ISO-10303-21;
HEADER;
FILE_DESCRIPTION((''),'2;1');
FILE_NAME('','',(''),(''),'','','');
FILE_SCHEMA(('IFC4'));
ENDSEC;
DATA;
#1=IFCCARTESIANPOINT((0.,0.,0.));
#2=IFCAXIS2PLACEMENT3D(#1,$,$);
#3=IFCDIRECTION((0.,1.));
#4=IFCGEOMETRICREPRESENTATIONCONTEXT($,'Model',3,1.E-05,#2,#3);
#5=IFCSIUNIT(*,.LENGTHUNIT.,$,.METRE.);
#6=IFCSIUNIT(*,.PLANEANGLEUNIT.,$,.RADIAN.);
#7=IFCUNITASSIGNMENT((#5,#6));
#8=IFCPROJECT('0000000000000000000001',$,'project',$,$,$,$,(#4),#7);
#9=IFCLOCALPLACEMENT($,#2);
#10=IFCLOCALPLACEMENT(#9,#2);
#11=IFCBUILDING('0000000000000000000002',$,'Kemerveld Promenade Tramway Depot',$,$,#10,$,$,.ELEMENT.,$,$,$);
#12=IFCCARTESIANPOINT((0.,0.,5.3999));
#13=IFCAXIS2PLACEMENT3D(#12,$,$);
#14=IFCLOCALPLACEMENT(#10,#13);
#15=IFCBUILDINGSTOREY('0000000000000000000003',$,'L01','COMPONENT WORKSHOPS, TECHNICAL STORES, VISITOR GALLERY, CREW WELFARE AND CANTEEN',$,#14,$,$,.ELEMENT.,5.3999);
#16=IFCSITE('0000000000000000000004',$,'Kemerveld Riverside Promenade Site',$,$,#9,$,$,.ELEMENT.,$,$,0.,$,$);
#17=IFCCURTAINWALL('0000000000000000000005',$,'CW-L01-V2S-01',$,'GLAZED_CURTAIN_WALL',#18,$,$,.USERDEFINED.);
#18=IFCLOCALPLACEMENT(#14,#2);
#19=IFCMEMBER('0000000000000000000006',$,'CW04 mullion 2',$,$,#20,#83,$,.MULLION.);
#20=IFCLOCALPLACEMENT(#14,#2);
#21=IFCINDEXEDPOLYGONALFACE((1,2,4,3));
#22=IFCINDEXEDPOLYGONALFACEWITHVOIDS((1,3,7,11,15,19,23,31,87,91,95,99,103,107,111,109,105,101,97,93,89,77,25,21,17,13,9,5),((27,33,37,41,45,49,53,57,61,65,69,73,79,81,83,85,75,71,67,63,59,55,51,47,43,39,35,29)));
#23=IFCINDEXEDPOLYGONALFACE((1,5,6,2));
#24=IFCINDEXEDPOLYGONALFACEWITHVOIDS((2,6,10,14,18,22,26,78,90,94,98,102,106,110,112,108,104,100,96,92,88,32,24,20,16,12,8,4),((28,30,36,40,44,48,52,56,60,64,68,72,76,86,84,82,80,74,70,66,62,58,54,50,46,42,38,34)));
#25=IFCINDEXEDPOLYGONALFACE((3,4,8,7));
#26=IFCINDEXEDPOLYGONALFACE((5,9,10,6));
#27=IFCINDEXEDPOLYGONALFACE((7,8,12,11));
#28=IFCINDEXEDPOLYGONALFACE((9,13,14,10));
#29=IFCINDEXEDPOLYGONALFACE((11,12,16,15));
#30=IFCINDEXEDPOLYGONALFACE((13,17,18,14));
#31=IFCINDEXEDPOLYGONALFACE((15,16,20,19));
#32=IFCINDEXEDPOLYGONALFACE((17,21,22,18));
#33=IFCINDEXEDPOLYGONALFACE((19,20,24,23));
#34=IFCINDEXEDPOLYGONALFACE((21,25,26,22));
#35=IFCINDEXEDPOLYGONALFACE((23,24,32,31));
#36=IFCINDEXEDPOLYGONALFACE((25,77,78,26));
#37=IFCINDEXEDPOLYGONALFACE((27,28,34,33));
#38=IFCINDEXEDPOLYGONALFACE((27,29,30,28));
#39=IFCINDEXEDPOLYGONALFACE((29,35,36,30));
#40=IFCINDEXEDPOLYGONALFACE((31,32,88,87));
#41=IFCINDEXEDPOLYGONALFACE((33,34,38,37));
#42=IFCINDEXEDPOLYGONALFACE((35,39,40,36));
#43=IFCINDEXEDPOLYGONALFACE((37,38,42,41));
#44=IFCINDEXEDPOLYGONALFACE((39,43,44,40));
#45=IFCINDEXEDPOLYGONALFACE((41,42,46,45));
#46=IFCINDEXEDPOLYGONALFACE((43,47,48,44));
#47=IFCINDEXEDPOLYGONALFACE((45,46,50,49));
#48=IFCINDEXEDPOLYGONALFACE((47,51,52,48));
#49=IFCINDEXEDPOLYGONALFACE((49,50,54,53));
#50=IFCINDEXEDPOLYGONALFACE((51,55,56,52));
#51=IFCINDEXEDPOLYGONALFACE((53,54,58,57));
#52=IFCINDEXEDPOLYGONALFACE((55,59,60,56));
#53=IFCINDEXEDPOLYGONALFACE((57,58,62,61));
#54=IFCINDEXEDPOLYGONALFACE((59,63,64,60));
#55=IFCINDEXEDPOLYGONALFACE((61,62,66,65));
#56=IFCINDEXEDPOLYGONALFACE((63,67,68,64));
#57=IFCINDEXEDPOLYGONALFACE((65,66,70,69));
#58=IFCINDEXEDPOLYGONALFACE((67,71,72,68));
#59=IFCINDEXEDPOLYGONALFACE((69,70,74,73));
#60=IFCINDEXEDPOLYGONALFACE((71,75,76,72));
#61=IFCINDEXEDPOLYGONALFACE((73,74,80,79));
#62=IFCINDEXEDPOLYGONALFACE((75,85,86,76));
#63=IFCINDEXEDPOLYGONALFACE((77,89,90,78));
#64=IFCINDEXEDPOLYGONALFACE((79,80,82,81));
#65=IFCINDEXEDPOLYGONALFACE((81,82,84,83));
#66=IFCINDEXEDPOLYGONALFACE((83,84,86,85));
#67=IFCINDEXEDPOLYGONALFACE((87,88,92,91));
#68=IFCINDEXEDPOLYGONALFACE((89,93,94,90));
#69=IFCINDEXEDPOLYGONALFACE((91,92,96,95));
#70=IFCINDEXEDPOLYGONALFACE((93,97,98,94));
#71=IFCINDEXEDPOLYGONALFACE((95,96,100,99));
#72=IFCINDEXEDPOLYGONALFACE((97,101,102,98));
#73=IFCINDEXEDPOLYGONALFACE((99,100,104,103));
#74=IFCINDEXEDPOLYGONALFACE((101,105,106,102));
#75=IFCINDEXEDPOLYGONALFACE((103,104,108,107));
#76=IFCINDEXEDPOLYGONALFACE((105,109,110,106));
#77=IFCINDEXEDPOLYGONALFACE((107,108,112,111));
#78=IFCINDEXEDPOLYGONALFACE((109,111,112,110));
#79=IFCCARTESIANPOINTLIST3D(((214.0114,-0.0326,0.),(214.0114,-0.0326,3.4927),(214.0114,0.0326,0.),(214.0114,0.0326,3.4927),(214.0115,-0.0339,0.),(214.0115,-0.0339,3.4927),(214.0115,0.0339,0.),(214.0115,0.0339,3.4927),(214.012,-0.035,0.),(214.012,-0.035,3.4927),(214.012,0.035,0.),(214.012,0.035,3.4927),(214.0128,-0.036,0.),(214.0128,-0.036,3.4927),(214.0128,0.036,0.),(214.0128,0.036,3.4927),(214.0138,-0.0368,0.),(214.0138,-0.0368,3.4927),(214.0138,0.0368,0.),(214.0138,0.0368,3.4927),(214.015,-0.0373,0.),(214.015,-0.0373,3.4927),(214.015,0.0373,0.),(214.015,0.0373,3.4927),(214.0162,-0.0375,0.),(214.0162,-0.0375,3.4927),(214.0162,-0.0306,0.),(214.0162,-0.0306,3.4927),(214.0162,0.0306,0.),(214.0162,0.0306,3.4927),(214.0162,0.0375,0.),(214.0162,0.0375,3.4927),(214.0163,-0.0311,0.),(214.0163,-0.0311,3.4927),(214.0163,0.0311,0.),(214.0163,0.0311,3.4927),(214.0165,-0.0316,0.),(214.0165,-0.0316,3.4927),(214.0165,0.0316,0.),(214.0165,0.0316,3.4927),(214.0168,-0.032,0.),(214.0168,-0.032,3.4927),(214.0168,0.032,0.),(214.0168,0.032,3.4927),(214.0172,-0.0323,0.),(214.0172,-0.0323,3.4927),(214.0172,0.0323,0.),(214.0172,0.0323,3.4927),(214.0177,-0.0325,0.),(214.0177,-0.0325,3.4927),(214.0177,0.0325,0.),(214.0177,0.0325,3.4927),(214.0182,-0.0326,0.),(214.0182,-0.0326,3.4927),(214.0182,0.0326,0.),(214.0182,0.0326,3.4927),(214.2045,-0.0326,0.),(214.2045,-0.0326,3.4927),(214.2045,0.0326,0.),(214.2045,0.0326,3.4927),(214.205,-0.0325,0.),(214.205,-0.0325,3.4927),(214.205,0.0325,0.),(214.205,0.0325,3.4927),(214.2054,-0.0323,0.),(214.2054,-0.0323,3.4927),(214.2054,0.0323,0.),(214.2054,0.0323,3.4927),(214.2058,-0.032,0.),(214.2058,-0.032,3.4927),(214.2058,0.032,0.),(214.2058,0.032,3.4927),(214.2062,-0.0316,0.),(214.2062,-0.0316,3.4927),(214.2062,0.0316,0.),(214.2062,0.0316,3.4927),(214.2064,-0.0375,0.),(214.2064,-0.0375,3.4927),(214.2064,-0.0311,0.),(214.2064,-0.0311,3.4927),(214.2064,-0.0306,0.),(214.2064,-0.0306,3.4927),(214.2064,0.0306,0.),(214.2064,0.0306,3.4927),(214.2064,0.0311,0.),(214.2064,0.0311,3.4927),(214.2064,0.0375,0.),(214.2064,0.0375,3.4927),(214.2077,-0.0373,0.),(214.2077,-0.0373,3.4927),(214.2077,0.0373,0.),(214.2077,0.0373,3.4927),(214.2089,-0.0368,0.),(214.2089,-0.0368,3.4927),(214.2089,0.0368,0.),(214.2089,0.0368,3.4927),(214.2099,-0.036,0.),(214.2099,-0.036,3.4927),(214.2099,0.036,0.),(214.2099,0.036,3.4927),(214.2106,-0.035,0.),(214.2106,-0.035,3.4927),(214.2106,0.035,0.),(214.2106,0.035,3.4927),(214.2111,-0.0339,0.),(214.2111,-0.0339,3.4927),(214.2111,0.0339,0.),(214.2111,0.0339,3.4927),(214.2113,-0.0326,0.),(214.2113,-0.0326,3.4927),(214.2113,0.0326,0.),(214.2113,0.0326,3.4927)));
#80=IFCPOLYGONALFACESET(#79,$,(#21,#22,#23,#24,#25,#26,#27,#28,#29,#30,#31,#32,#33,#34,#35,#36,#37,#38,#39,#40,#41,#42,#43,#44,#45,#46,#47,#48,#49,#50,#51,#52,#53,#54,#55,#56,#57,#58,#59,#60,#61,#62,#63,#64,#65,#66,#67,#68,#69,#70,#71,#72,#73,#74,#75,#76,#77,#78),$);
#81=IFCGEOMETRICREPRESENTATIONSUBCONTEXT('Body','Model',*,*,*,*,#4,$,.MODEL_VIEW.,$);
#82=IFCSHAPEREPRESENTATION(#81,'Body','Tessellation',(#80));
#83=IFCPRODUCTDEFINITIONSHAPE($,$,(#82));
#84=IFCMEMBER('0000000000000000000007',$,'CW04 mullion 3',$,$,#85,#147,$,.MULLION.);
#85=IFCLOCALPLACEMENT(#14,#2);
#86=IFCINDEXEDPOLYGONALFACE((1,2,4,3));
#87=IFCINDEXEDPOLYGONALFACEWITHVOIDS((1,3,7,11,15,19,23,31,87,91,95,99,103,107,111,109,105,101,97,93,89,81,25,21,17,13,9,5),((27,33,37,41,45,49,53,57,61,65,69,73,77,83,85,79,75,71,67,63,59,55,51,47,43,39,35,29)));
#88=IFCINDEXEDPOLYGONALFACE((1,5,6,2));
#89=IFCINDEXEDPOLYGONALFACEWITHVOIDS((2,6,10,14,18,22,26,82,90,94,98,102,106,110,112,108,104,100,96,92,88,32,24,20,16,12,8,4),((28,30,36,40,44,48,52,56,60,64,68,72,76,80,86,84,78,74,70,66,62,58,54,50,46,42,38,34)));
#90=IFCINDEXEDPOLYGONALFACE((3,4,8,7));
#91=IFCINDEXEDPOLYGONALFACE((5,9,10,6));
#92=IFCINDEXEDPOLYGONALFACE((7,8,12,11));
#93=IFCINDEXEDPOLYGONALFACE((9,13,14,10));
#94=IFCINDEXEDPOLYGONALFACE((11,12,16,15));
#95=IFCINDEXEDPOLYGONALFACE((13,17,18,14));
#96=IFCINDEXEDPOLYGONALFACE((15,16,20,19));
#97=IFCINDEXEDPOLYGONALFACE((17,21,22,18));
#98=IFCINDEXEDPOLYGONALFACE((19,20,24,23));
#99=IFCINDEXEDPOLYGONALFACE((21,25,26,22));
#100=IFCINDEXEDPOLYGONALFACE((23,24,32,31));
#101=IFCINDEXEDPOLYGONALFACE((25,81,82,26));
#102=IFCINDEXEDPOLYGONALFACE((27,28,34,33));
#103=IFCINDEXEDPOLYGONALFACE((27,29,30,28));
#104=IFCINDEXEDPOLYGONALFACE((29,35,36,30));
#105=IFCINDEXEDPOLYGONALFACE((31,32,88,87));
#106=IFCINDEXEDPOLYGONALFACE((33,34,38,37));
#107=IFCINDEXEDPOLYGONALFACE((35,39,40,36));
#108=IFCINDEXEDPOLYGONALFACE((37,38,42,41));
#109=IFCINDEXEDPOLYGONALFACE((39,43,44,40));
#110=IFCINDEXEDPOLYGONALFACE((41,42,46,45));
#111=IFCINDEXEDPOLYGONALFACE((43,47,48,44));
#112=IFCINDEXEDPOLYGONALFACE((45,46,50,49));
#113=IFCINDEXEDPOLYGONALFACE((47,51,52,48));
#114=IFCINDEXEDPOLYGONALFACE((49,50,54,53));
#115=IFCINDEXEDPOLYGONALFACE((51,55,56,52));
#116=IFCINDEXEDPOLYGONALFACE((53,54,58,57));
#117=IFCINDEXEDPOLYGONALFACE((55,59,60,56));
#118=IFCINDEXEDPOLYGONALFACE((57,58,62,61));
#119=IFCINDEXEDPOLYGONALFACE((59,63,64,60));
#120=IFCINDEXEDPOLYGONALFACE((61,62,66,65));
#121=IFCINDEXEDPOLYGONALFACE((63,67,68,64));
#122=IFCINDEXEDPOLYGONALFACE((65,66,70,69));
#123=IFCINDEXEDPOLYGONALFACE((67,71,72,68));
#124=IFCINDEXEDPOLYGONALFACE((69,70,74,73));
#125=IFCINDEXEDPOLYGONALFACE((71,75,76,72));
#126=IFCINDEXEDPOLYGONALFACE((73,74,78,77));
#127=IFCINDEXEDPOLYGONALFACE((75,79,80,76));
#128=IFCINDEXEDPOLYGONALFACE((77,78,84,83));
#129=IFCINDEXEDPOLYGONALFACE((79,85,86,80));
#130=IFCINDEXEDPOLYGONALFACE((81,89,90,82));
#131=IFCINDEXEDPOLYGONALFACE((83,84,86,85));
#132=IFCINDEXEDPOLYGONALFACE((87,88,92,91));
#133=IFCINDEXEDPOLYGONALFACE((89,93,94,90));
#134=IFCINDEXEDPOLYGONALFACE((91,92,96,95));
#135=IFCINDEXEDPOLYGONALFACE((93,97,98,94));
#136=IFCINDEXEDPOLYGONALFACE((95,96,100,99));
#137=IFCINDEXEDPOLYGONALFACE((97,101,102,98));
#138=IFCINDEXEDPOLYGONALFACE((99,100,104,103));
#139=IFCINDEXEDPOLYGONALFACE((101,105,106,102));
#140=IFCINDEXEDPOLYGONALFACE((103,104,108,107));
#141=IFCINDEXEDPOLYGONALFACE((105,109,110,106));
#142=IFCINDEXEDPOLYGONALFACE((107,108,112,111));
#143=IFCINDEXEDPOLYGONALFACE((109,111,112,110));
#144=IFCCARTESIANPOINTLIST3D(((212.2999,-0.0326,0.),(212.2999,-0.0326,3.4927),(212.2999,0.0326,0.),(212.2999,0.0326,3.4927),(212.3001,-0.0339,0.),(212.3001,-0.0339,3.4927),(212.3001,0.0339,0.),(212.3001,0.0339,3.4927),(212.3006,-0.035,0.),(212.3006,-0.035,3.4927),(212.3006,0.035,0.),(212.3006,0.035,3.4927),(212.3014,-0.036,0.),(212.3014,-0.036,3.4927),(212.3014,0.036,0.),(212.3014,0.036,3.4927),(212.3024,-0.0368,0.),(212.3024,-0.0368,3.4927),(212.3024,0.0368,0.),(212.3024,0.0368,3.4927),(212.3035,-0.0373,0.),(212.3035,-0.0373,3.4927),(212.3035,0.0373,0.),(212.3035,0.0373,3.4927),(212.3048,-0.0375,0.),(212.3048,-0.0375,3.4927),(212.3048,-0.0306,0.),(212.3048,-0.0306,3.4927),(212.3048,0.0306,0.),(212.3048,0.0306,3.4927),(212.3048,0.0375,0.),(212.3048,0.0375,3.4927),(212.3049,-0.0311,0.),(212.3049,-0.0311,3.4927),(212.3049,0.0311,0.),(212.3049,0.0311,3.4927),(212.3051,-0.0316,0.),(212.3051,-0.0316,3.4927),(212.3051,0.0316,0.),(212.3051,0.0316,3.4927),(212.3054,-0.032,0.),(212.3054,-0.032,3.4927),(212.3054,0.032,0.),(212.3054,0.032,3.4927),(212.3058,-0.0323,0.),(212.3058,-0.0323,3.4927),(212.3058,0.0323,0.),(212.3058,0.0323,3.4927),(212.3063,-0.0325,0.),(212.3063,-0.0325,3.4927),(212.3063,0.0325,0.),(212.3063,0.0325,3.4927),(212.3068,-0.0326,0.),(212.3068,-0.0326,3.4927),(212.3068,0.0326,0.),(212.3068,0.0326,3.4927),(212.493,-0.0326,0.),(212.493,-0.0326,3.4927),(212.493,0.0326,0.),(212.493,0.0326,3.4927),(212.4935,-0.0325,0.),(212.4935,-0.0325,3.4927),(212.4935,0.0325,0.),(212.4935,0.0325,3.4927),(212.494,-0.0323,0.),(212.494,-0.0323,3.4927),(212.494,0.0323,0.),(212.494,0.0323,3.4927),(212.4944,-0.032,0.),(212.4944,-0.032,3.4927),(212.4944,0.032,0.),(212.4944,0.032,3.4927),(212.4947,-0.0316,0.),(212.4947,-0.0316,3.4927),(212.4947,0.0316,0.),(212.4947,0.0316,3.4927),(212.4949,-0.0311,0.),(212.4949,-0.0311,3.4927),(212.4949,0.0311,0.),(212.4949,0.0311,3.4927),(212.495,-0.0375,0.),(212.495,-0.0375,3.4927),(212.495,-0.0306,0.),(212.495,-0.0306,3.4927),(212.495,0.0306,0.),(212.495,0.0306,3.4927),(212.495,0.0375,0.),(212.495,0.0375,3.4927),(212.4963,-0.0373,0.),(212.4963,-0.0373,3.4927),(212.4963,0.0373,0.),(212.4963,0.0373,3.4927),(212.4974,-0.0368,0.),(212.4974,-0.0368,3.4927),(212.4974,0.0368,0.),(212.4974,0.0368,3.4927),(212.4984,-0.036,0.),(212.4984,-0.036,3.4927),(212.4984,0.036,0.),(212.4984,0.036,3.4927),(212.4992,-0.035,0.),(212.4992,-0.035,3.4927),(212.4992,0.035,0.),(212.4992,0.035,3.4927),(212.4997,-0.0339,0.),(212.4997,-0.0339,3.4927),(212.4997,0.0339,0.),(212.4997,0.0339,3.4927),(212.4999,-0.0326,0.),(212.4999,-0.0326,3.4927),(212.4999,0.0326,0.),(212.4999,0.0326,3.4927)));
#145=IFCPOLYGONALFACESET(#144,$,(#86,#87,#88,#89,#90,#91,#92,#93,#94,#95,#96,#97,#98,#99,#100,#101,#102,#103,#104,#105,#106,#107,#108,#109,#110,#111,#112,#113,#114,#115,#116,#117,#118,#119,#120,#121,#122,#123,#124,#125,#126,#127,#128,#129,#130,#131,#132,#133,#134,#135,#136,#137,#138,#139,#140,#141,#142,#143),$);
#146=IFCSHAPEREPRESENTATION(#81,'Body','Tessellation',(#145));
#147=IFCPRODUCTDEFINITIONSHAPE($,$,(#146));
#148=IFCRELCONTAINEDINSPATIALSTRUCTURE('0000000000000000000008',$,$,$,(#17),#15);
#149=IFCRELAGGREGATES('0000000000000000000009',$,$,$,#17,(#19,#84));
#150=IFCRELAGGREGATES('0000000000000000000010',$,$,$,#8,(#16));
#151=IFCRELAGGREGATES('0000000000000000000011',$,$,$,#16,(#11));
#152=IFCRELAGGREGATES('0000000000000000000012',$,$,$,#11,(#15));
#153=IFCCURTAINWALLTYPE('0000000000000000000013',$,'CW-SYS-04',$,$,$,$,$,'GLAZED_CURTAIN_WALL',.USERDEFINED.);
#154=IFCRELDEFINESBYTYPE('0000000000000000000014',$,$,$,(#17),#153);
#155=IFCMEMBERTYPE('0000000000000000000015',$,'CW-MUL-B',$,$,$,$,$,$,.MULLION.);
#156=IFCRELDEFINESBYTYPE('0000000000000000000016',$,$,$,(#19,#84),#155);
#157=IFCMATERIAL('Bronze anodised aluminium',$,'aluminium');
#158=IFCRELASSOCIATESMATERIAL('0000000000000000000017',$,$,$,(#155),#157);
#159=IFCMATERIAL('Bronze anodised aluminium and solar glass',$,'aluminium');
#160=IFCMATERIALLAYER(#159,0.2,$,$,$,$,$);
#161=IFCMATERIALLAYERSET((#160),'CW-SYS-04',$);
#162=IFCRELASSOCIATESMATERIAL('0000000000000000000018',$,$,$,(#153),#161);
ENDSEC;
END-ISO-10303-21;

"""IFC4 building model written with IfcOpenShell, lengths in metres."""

from ifc_helpers import new_model, si_unit, direction, frame, origin, origin_2d, place, context, subcontext, project, spatial, hollow_rectangle, extrude, material, layer, layer_set, material_profile, profile_set, type_object, element, aggregate, save


model = new_model("IFC4")

# Units and contexts
model_context = context("Model", 3, precision=1e-05, world=origin(), true_north=direction((0.0, 1.0)))
body_context = subcontext(model_context, "Body", "Model", "MODEL_VIEW")
ifc_project = project(units=[si_unit("LENGTHUNIT", "METRE"), si_unit("PLANEANGLEUNIT", "RADIAN")], contexts=[model_context])

# Site, building, storey
site_placement = place(None, origin())
site = spatial("IfcSite", under=ifc_project, at=site_placement, Name="Kemerveld Riverside Promenade Site", CompositionType="ELEMENT", RefElevation=0.0)
building_placement = place(site_placement, origin())
building = spatial("IfcBuilding", under=site, at=building_placement, Name="Kemerveld Promenade Tramway Depot", CompositionType="ELEMENT")
storey_placement = place(building_placement, frame((0.0, 0.0, 5.3999)))
storey = spatial("IfcBuildingStorey", under=building, at=storey_placement, Name="L01", Description="COMPONENT WORKSHOPS, TECHNICAL STORES, VISITOR GALLERY, CREW WELFARE AND CANTEEN", CompositionType="ELEMENT", Elevation=5.3999)

# Shared definitions
ifc_material_1 = material(Name="Bronze anodised aluminium and solar glass", Category="aluminium")
ifc_material_2 = material(Name="Bronze anodised aluminium", Category="aluminium")
ifc_material_profile_1 = material_profile(ifc_material_2, hollow_rectangle(XDim=0.075, YDim=0.2, WallThickness=0.0049, InnerFilletRadius=0.002, OuterFilletRadius=0.0049, at=origin_2d()), Name="CW-MUL-200x75")
ifc_profile_set_1 = profile_set([ifc_material_profile_1], Name="Bronze anodised aluminium")
member_type_1 = type_object("IfcMemberType", Name="CW-MUL-B", PredefinedType="MULLION", material=ifc_profile_set_1)

# Curtain wall, members
ifc_layer_1 = layer(ifc_material_1, 0.2)
ifc_layer_set_1 = layer_set([ifc_layer_1], Name="CW-SYS-04")
curtain_wall_type_1 = type_object("IfcCurtainWallType", Name="CW-SYS-04", ElementType="GLAZED_CURTAIN_WALL", PredefinedType="USERDEFINED", material=ifc_layer_set_1)
curtain_wall_1_placement = place(storey_placement, origin())
curtain_wall_1 = element("IfcCurtainWall", 1, at=curtain_wall_1_placement, inside=storey, type_object=curtain_wall_type_1, Name="CW-L01-V2S-01", ObjectType="GLAZED_CURTAIN_WALL", PredefinedType="USERDEFINED")
member_1_placement = place(storey_placement, frame((214.1113, 0.0, 0.0), z_axis=(0.0, 0.0, 1.0), x_axis=(0.0, -1.0, 0.0)))
member_1 = element("IfcMember", 2, at=member_1_placement, type_object=member_type_1, Name="CW04 mullion 2", PredefinedType="MULLION", context=body_context, shape_type="SweptSolid", body=[
    extrude(hollow_rectangle(XDim=0.075, YDim=0.2, WallThickness=0.0049, InnerFilletRadius=0.002, OuterFilletRadius=0.0049, at=origin_2d()), origin(), (0.0, 0.0, 1.0), 3.4927),
])
member_2_placement = place(storey_placement, frame((212.3999, 0.0, 0.0), z_axis=(0.0, 0.0, 1.0), x_axis=(0.0, -1.0, 0.0)))
member_2 = element("IfcMember", 3, at=member_2_placement, type_object=member_type_1, Name="CW04 mullion 3", PredefinedType="MULLION", context=body_context, shape_type="SweptSolid", body=[
    extrude(hollow_rectangle(XDim=0.075, YDim=0.2, WallThickness=0.0049, InnerFilletRadius=0.002, OuterFilletRadius=0.0049, at=origin_2d()), origin(), (0.0, 0.0, 1.0), 3.4927),
])

aggregate(curtain_wall_1, [member_1, member_2])

save(model, "model.ifc")
